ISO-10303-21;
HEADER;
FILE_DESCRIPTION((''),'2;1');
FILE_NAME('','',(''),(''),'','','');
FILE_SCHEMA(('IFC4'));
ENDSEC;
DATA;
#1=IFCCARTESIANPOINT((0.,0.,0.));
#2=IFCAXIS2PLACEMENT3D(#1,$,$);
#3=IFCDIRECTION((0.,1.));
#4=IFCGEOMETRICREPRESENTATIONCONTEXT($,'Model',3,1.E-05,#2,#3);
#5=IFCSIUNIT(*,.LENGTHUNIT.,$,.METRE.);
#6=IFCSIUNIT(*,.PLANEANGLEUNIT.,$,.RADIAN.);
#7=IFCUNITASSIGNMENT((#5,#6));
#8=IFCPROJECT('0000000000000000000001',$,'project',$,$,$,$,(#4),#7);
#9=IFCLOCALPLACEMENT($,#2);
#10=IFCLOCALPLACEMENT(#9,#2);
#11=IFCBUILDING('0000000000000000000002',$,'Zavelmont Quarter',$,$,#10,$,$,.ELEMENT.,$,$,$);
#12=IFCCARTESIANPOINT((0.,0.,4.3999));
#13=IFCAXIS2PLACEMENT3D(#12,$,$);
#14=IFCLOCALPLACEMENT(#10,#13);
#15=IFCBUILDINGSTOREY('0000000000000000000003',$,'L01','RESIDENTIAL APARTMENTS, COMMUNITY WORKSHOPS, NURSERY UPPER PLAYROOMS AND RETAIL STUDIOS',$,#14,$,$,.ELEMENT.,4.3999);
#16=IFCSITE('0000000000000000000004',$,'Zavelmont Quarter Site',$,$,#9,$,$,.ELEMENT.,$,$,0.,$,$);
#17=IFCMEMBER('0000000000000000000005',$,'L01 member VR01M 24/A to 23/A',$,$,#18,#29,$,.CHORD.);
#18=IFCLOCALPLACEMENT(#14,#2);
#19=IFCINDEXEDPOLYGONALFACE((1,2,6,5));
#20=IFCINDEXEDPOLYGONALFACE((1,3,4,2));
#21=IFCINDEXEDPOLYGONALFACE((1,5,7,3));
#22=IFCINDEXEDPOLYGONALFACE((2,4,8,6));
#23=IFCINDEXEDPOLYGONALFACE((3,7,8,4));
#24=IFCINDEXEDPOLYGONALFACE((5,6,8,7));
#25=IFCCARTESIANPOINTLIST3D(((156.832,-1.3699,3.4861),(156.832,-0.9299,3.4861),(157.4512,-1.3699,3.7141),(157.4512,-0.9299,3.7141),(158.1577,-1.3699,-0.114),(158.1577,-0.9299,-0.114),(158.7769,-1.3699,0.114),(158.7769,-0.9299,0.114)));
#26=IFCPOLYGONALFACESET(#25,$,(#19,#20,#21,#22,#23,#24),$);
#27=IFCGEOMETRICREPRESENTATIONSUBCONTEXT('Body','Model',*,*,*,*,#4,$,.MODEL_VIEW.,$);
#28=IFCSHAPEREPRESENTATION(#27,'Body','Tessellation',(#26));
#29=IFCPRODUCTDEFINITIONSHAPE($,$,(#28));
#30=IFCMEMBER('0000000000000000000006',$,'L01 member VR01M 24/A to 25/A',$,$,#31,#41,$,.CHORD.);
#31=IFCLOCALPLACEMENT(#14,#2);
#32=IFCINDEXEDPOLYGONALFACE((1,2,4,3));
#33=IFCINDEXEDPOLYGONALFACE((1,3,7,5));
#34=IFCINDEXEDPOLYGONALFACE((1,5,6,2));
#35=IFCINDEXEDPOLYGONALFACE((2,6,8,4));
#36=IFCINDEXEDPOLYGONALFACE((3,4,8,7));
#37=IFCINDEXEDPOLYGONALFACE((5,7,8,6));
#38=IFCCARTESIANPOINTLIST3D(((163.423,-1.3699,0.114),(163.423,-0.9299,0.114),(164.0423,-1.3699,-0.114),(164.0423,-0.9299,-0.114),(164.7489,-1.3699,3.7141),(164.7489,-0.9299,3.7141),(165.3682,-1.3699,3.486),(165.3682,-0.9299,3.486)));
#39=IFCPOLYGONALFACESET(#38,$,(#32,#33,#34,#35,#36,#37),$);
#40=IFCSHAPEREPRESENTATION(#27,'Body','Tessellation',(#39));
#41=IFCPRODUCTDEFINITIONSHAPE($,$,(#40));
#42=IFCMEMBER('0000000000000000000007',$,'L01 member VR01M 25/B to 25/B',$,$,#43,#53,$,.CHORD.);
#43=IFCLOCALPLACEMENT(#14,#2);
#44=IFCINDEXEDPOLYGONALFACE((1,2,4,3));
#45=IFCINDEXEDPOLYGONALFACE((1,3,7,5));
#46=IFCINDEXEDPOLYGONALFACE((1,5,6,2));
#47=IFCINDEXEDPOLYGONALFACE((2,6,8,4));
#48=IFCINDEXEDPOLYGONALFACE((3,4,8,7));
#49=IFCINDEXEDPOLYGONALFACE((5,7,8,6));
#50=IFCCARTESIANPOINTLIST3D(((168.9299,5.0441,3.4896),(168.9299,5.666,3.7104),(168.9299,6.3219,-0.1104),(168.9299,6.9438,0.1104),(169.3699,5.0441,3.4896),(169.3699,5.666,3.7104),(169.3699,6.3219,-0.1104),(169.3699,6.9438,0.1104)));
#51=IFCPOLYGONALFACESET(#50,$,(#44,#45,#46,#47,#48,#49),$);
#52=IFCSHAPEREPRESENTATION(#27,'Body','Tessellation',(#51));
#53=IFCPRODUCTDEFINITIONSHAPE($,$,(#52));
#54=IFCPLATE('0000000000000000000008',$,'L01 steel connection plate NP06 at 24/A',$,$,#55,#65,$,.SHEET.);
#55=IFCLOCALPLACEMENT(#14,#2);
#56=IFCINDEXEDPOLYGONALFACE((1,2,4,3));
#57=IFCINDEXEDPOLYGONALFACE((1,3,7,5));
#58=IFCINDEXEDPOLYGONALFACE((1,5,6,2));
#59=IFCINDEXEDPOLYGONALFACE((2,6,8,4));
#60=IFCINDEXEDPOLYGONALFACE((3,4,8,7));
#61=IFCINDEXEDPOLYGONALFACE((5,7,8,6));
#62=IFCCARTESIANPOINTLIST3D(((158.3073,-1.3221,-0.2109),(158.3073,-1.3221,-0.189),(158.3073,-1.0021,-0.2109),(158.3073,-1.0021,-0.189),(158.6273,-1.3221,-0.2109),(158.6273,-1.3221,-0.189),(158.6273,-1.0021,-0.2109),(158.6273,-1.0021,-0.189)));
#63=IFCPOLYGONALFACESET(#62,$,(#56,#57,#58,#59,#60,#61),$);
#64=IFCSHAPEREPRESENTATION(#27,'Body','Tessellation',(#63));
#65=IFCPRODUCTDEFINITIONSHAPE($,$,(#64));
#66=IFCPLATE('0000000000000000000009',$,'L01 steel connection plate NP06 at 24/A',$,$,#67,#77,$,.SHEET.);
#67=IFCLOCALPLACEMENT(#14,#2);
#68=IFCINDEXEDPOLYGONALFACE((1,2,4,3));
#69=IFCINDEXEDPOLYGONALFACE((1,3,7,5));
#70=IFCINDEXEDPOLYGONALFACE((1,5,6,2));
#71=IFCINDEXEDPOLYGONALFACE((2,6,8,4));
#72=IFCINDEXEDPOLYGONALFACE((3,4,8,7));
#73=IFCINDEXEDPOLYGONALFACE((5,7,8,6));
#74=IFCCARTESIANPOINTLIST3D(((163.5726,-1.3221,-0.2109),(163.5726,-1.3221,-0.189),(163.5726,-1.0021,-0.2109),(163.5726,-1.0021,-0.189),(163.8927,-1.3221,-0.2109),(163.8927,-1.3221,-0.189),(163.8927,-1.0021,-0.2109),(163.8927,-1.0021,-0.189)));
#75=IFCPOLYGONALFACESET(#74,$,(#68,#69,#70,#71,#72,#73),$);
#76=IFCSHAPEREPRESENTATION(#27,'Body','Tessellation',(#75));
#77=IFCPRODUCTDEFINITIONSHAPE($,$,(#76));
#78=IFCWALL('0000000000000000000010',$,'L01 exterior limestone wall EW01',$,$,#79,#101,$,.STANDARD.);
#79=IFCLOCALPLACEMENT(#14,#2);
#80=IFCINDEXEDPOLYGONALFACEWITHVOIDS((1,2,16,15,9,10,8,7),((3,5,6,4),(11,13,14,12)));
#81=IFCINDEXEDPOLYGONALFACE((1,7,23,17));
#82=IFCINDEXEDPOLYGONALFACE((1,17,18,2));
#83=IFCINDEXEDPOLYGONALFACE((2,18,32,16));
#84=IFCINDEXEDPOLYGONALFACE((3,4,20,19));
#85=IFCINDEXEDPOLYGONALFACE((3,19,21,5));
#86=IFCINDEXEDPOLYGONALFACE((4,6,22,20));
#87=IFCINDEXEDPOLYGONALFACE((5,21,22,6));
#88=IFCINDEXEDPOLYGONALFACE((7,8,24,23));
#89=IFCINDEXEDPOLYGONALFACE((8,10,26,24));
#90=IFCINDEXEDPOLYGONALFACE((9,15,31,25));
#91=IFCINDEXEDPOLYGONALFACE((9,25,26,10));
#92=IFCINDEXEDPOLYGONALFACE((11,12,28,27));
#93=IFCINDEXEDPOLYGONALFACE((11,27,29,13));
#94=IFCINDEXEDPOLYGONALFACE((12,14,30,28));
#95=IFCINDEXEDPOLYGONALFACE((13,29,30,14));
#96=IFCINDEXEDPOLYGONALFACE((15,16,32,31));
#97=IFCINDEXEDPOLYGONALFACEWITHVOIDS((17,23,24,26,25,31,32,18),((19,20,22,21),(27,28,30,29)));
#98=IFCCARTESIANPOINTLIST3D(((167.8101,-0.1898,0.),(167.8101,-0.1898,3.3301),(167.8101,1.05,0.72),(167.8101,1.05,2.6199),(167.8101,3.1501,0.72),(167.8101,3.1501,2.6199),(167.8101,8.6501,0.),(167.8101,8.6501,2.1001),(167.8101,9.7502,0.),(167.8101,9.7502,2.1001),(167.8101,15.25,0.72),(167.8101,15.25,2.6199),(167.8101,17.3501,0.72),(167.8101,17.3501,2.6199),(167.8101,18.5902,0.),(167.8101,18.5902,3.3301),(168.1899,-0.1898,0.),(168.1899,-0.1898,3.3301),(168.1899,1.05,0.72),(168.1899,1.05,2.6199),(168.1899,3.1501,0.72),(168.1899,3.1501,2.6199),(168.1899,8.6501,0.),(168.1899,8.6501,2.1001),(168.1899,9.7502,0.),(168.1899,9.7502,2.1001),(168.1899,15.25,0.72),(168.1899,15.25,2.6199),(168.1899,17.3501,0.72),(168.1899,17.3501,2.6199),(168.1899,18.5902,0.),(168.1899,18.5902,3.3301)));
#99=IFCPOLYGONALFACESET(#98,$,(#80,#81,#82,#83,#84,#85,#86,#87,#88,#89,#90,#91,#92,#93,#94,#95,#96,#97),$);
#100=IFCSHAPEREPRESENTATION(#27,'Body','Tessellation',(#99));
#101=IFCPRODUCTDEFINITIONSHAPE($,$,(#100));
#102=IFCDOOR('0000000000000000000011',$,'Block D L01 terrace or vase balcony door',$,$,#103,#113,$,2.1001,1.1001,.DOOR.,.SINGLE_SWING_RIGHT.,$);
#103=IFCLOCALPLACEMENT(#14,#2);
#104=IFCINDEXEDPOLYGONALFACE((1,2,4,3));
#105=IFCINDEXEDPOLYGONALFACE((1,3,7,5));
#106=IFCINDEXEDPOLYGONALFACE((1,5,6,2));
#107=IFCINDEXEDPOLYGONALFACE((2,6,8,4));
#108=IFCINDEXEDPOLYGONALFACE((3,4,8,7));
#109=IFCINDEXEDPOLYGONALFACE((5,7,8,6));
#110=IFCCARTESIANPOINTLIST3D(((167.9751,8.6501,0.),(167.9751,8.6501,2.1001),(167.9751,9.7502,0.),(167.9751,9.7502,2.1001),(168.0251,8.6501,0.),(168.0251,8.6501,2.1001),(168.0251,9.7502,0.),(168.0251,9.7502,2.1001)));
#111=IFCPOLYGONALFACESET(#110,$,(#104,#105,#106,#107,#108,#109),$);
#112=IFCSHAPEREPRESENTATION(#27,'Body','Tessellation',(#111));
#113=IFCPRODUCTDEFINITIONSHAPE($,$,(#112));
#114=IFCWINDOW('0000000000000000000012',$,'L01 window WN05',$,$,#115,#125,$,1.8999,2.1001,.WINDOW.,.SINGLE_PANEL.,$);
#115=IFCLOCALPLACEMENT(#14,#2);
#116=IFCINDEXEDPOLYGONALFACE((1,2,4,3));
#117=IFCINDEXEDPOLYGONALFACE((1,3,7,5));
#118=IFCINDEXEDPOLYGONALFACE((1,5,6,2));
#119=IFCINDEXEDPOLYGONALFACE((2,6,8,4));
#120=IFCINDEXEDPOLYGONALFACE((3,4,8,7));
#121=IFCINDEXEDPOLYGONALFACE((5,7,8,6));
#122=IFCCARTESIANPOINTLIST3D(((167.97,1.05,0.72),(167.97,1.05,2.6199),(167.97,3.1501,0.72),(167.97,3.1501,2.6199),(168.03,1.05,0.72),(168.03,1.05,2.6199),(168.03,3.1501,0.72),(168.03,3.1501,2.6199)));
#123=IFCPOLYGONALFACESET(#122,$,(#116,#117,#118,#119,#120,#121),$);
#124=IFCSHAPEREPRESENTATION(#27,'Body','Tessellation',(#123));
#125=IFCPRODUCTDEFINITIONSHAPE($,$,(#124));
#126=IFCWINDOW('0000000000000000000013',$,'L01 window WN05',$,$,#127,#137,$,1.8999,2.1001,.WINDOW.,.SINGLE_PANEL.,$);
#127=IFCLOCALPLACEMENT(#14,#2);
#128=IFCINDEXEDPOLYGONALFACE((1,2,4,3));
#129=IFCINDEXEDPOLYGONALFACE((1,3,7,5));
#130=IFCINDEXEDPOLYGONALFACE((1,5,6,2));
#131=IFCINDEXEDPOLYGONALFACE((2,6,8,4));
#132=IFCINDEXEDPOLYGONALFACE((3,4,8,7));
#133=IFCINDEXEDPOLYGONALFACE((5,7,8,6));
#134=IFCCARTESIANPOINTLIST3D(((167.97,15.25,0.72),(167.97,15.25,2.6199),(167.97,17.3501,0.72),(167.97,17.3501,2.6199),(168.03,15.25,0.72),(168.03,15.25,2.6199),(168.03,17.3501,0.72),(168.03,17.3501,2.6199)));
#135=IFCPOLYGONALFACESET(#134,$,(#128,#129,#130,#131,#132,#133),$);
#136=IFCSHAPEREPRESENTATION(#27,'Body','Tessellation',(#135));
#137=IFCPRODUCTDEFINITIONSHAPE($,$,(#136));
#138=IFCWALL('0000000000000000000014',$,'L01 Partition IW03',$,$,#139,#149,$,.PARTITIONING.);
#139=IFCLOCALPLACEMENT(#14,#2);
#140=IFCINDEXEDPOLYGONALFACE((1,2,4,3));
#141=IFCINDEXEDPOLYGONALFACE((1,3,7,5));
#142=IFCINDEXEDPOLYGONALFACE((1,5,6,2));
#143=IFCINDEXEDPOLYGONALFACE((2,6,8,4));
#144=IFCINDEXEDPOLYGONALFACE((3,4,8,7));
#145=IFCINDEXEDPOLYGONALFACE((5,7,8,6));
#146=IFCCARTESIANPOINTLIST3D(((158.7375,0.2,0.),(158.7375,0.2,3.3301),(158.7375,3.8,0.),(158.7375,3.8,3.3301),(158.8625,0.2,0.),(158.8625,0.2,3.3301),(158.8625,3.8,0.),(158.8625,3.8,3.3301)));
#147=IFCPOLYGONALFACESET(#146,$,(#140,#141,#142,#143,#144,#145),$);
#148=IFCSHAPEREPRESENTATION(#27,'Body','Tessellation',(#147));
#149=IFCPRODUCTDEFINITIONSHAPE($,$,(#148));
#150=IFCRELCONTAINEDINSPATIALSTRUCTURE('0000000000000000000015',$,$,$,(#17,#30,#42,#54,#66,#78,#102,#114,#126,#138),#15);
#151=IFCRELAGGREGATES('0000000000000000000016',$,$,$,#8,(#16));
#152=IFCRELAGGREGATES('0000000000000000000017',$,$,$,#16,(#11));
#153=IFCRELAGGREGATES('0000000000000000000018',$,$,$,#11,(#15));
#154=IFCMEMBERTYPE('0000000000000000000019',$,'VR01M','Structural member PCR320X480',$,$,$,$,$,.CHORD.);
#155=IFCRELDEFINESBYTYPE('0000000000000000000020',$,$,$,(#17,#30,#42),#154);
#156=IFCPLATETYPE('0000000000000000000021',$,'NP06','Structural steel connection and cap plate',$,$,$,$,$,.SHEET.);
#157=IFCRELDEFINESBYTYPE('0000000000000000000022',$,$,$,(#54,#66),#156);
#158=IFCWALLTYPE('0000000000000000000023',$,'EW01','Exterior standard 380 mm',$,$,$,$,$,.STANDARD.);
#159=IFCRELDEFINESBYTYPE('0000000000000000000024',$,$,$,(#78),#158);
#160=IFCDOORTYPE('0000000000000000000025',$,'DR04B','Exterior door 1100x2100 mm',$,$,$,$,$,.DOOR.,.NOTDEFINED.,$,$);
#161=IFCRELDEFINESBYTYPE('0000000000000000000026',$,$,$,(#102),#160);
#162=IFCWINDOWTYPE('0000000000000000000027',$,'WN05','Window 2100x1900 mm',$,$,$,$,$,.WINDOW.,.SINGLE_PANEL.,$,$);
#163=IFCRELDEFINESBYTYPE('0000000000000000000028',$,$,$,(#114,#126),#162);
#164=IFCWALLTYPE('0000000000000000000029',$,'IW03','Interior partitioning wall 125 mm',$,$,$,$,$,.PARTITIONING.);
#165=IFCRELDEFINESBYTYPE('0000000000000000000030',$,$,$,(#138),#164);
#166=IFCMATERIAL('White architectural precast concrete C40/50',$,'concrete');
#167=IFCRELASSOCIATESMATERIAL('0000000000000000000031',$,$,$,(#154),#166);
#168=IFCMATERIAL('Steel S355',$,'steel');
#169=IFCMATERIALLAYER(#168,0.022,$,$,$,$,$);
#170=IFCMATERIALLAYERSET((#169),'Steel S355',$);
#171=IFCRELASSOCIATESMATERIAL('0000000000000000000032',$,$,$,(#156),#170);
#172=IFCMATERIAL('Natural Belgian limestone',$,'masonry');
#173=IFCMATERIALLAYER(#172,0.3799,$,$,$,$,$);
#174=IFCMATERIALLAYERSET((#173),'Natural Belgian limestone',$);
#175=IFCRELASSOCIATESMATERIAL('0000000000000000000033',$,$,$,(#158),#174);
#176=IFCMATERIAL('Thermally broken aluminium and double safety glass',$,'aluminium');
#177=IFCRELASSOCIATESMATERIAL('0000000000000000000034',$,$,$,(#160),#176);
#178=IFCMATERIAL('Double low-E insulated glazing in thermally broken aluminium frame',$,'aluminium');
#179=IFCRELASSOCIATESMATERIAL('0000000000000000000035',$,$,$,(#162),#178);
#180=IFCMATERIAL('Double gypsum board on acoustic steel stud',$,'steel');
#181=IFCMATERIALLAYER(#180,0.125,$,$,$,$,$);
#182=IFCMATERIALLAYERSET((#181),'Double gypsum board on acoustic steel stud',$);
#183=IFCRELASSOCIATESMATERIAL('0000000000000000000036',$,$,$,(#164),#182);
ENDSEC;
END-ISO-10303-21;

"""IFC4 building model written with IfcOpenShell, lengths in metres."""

from ifc_helpers import new_model, si_unit, direction, frame, frame_2d, origin, origin_with_axes, origin_2d, place, context, subcontext, project, spatial, rectangle, extrude, material, layer, layer_set, material_profile, profile_set, type_object, element, fill, save


model = new_model("IFC4")

# Units and contexts
model_context = context("Model", 3, precision=1e-05, world=origin(), true_north=direction((0.0, 1.0)))
body_context = subcontext(model_context, "Body", "Model", "MODEL_VIEW")
ifc_project = project(units=[si_unit("LENGTHUNIT", "METRE"), si_unit("PLANEANGLEUNIT", "RADIAN")], contexts=[model_context])

# Site, building, storey
site_placement = place(None, origin())
site = spatial("IfcSite", under=ifc_project, at=site_placement, Name="Zavelmont Quarter Site", CompositionType="ELEMENT", RefElevation=0.0)
building_placement = place(site_placement, origin())
building = spatial("IfcBuilding", under=site, at=building_placement, Name="Zavelmont Quarter", CompositionType="ELEMENT")
storey_placement = place(building_placement, frame((0.0, 0.0, 4.3999)))
storey = spatial("IfcBuildingStorey", under=building, at=storey_placement, Name="L01", Description="RESIDENTIAL APARTMENTS, COMMUNITY WORKSHOPS, NURSERY UPPER PLAYROOMS AND RETAIL STUDIOS", CompositionType="ELEMENT", Elevation=4.3999)

# Shared definitions
ifc_material_1 = material(Name="Steel S355", Category="steel")

# Members
ifc_material_2 = material(Name="White architectural precast concrete C40/50", Category="concrete")
ifc_material_profile_1 = material_profile(ifc_material_2, rectangle(XDim=0.4399, YDim=0.6599, at=origin_2d()), Name="PCR320X480")
ifc_profile_set_1 = profile_set([ifc_material_profile_1], Name="White architectural precast concrete C40/50")
member_type = type_object("IfcMemberType", Name="VR01M", Description="Structural member PCR320X480", PredefinedType="CHORD", material=ifc_profile_set_1)
for number, where, z_axis, x_axis, name in (
    (1, (158.4673, -1.1499, 0.0), (-0.345552, 0.0, 0.9384), (0.0, -1.0, 0.0), "L01 member VR01M 24/A to 23/A"),
    (2, (163.7327, -1.1499, 0.0), (0.345608, 0.0, 0.938379), (0.0, 1.0, 0.0), "L01 member VR01M 24/A to 25/A"),
):
    element("IfcMember", number, at=place(storey_placement, frame(where, z_axis=z_axis, x_axis=x_axis)), inside=storey, type_object=member_type, Name=name, PredefinedType="CHORD", context=body_context, shape_type="SweptSolid", body=[
        extrude(rectangle(XDim=0.4399, YDim=0.6599, at=origin_2d()), origin(), (0.0, 0.0, 1.0), 3.8364),
    ])
member_placement = place(storey_placement, frame((169.1499, 6.6328, 0.0), z_axis=(0.0, -0.334498, 0.942397), x_axis=(1.0, 0.0, 0.0)))
element("IfcMember", 3, at=member_placement, inside=storey, type_object=member_type, Name="L01 member VR01M 25/B to 25/B", PredefinedType="CHORD", context=body_context, shape_type="SweptSolid", body=[
    extrude(rectangle(XDim=0.4399, YDim=0.6599, at=origin_2d()), origin(), (0.0, 0.0, 1.0), 3.8201),
])

# Plates
ifc_layer_1 = layer(ifc_material_1, 0.022)
ifc_layer_set_1 = layer_set([ifc_layer_1], Name="Steel S355")
plate_type = type_object("IfcPlateType", Name="NP06", Description="Structural steel connection and cap plate", PredefinedType="SHEET", material=ifc_layer_set_1)
for number, where, z_axis, x_axis, name in (
    (4, (158.4673, -1.1621, -0.2109), (0.0, 0.0, 1.0), (1.0, 0.0, 0.0), "L01 steel connection plate NP06 at 24/A"),
    (5, (163.7327, -1.1621, -0.2109), (0.0, 0.0, 1.0), (1.0, 0.0, 0.0), "L01 steel connection plate NP06 at 24/A"),
):
    element("IfcPlate", number, at=place(storey_placement, frame(where, z_axis=z_axis, x_axis=x_axis)), inside=storey, type_object=plate_type, Name=name, PredefinedType="SHEET", context=body_context, shape_type="SweptSolid", body=[
        extrude(rectangle(XDim=0.3201, YDim=0.3201, at=origin_2d()), origin(), (0.0, 0.0, 1.0), 0.022),
    ])

# Wall, openings, door, windows
ifc_material_3 = material(Name="Natural Belgian limestone", Category="masonry")
ifc_layer_2 = layer(ifc_material_3, 0.3799)
ifc_layer_set_2 = layer_set([ifc_layer_2], Name="Natural Belgian limestone")
wall_type_1 = type_object("IfcWallType", Name="EW01", Description="Exterior standard 380 mm", PredefinedType="STANDARD", material=ifc_layer_set_2)
wall_1_placement = place(storey_placement, frame((168.0, -0.1899, 0.0), z_axis=(0.0, 0.0, 1.0), x_axis=(0.0, 1.0, 0.0)))
wall_1 = element("IfcWall", 6, at=wall_1_placement, inside=storey, type_object=wall_type_1, Name="L01 exterior limestone wall EW01", PredefinedType="STANDARD", context=body_context, shape_type="SweptSolid", body=[
    extrude(rectangle(XDim=18.78, YDim=0.3799, at=frame_2d((9.3901, 0.0))), origin(), (0.0, 0.0, 1.0), 3.3301),
])
opening_1_placement = place(wall_1_placement, frame((8.8401, 0.0, 0.0)))
opening_1 = element("IfcOpeningElement", 7, at=opening_1_placement, cuts=wall_1, PredefinedType="OPENING", context=body_context, shape_type="SweptSolid", body=[
    extrude(rectangle(XDim=1.1001, YDim=2.1001, at=frame_2d((0.55, 1.05))), frame((0.0, 0.2019, 0.0), z_axis=(0.0, -1.0, 0.0), x_axis=(1.0, 0.0, 0.0)), (0.0, 0.0, 1.0), 0.4038),
])
opening_2_placement = place(wall_1_placement, frame((1.24, 0.0, 0.72)))
opening_2 = element("IfcOpeningElement", 8, at=opening_2_placement, cuts=wall_1, PredefinedType="OPENING", context=body_context, shape_type="SweptSolid", body=[
    extrude(rectangle(XDim=2.1001, YDim=1.8999, at=frame_2d((1.05, 0.95))), frame((0.0, 0.2019, 0.0), z_axis=(0.0, -1.0, 0.0), x_axis=(1.0, 0.0, 0.0)), (0.0, 0.0, 1.0), 0.4038),
])
opening_3_placement = place(wall_1_placement, frame((15.4399, 0.0, 0.72)))
opening_3 = element("IfcOpeningElement", 9, at=opening_3_placement, cuts=wall_1, PredefinedType="OPENING", context=body_context, shape_type="SweptSolid", body=[
    extrude(rectangle(XDim=2.1001, YDim=1.8999, at=frame_2d((1.05, 0.95))), frame((0.0, 0.2019, 0.0), z_axis=(0.0, -1.0, 0.0), x_axis=(1.0, 0.0, 0.0)), (0.0, 0.0, 1.0), 0.4038),
])
ifc_material_4 = material(Name="Thermally broken aluminium and double safety glass", Category="aluminium")
door_type_1 = type_object("IfcDoorType", Name="DR04B", Description="Exterior door 1100x2100 mm", OperationType="NOTDEFINED", PredefinedType="DOOR", material=ifc_material_4)
door_1_placement = place(opening_1_placement, origin_with_axes())
door_1 = element("IfcDoor", 10, at=door_1_placement, inside=storey, type_object=door_type_1, Name="Block D L01 terrace or vase balcony door", OperationType="SINGLE_SWING_RIGHT", OverallHeight=2.1001, OverallWidth=1.1001, PredefinedType="DOOR", context=body_context, shape_type="SweptSolid", body=[
    extrude(rectangle(XDim=1.1001, YDim=2.1001, at=frame_2d((0.55, 1.05))), frame((0.0, 0.0249, 0.0), z_axis=(0.0, -1.0, 0.0), x_axis=(1.0, 0.0, 0.0)), (0.0, 0.0, 1.0), 0.05),
])
fill(opening_1, door_1)
ifc_material_5 = material(Name="Double low-E insulated glazing in thermally broken aluminium frame", Category="aluminium")
window_type = type_object("IfcWindowType", Name="WN05", Description="Window 2100x1900 mm", PartitioningType="SINGLE_PANEL", PredefinedType="WINDOW", material=ifc_material_5)
window_1_placement = place(opening_2_placement, origin_with_axes())
window_1 = element("IfcWindow", 11, at=window_1_placement, inside=storey, type_object=window_type, Name="L01 window WN05", OverallHeight=1.8999, OverallWidth=2.1001, PartitioningType="SINGLE_PANEL", PredefinedType="WINDOW", context=body_context, shape_type="SweptSolid", body=[
    extrude(rectangle(XDim=2.1001, YDim=1.8999, at=frame_2d((1.05, 0.95))), frame((0.0, 0.03, 0.0), z_axis=(0.0, -1.0, 0.0), x_axis=(1.0, 0.0, 0.0)), (0.0, 0.0, 1.0), 0.0601),
])
fill(opening_2, window_1)
window_2_placement = place(opening_3_placement, origin_with_axes())
window_2 = element("IfcWindow", 12, at=window_2_placement, inside=storey, type_object=window_type, Name="L01 window WN05", OverallHeight=1.8999, OverallWidth=2.1001, PartitioningType="SINGLE_PANEL", PredefinedType="WINDOW", context=body_context, shape_type="SweptSolid", body=[
    extrude(rectangle(XDim=2.1001, YDim=1.8999, at=frame_2d((1.05, 0.95))), frame((0.0, 0.03, 0.0), z_axis=(0.0, -1.0, 0.0), x_axis=(1.0, 0.0, 0.0)), (0.0, 0.0, 1.0), 0.0601),
])
fill(opening_3, window_2)

# Wall
ifc_material_6 = material(Name="Double gypsum board on acoustic steel stud", Category="steel")
ifc_layer_3 = layer(ifc_material_6, 0.125)
ifc_layer_set_3 = layer_set([ifc_layer_3], Name="Double gypsum board on acoustic steel stud")
wall_type_2 = type_object("IfcWallType", Name="IW03", Description="Interior partitioning wall 125 mm", PredefinedType="PARTITIONING", material=ifc_layer_set_3)
wall_2_placement = place(storey_placement, frame((158.8, 3.8, 0.0), z_axis=(0.0, 0.0, 1.0), x_axis=(0.0, -1.0, 0.0)))
element("IfcWall", 13, at=wall_2_placement, inside=storey, type_object=wall_type_2, Name="L01 Partition IW03", PredefinedType="PARTITIONING", context=body_context, shape_type="SweptSolid", body=[
    extrude(rectangle(XDim=3.6001, YDim=0.125, at=frame_2d((1.8, 0.0))), origin(), (0.0, 0.0, 1.0), 3.3301),
])

save(model, "model.ifc")
